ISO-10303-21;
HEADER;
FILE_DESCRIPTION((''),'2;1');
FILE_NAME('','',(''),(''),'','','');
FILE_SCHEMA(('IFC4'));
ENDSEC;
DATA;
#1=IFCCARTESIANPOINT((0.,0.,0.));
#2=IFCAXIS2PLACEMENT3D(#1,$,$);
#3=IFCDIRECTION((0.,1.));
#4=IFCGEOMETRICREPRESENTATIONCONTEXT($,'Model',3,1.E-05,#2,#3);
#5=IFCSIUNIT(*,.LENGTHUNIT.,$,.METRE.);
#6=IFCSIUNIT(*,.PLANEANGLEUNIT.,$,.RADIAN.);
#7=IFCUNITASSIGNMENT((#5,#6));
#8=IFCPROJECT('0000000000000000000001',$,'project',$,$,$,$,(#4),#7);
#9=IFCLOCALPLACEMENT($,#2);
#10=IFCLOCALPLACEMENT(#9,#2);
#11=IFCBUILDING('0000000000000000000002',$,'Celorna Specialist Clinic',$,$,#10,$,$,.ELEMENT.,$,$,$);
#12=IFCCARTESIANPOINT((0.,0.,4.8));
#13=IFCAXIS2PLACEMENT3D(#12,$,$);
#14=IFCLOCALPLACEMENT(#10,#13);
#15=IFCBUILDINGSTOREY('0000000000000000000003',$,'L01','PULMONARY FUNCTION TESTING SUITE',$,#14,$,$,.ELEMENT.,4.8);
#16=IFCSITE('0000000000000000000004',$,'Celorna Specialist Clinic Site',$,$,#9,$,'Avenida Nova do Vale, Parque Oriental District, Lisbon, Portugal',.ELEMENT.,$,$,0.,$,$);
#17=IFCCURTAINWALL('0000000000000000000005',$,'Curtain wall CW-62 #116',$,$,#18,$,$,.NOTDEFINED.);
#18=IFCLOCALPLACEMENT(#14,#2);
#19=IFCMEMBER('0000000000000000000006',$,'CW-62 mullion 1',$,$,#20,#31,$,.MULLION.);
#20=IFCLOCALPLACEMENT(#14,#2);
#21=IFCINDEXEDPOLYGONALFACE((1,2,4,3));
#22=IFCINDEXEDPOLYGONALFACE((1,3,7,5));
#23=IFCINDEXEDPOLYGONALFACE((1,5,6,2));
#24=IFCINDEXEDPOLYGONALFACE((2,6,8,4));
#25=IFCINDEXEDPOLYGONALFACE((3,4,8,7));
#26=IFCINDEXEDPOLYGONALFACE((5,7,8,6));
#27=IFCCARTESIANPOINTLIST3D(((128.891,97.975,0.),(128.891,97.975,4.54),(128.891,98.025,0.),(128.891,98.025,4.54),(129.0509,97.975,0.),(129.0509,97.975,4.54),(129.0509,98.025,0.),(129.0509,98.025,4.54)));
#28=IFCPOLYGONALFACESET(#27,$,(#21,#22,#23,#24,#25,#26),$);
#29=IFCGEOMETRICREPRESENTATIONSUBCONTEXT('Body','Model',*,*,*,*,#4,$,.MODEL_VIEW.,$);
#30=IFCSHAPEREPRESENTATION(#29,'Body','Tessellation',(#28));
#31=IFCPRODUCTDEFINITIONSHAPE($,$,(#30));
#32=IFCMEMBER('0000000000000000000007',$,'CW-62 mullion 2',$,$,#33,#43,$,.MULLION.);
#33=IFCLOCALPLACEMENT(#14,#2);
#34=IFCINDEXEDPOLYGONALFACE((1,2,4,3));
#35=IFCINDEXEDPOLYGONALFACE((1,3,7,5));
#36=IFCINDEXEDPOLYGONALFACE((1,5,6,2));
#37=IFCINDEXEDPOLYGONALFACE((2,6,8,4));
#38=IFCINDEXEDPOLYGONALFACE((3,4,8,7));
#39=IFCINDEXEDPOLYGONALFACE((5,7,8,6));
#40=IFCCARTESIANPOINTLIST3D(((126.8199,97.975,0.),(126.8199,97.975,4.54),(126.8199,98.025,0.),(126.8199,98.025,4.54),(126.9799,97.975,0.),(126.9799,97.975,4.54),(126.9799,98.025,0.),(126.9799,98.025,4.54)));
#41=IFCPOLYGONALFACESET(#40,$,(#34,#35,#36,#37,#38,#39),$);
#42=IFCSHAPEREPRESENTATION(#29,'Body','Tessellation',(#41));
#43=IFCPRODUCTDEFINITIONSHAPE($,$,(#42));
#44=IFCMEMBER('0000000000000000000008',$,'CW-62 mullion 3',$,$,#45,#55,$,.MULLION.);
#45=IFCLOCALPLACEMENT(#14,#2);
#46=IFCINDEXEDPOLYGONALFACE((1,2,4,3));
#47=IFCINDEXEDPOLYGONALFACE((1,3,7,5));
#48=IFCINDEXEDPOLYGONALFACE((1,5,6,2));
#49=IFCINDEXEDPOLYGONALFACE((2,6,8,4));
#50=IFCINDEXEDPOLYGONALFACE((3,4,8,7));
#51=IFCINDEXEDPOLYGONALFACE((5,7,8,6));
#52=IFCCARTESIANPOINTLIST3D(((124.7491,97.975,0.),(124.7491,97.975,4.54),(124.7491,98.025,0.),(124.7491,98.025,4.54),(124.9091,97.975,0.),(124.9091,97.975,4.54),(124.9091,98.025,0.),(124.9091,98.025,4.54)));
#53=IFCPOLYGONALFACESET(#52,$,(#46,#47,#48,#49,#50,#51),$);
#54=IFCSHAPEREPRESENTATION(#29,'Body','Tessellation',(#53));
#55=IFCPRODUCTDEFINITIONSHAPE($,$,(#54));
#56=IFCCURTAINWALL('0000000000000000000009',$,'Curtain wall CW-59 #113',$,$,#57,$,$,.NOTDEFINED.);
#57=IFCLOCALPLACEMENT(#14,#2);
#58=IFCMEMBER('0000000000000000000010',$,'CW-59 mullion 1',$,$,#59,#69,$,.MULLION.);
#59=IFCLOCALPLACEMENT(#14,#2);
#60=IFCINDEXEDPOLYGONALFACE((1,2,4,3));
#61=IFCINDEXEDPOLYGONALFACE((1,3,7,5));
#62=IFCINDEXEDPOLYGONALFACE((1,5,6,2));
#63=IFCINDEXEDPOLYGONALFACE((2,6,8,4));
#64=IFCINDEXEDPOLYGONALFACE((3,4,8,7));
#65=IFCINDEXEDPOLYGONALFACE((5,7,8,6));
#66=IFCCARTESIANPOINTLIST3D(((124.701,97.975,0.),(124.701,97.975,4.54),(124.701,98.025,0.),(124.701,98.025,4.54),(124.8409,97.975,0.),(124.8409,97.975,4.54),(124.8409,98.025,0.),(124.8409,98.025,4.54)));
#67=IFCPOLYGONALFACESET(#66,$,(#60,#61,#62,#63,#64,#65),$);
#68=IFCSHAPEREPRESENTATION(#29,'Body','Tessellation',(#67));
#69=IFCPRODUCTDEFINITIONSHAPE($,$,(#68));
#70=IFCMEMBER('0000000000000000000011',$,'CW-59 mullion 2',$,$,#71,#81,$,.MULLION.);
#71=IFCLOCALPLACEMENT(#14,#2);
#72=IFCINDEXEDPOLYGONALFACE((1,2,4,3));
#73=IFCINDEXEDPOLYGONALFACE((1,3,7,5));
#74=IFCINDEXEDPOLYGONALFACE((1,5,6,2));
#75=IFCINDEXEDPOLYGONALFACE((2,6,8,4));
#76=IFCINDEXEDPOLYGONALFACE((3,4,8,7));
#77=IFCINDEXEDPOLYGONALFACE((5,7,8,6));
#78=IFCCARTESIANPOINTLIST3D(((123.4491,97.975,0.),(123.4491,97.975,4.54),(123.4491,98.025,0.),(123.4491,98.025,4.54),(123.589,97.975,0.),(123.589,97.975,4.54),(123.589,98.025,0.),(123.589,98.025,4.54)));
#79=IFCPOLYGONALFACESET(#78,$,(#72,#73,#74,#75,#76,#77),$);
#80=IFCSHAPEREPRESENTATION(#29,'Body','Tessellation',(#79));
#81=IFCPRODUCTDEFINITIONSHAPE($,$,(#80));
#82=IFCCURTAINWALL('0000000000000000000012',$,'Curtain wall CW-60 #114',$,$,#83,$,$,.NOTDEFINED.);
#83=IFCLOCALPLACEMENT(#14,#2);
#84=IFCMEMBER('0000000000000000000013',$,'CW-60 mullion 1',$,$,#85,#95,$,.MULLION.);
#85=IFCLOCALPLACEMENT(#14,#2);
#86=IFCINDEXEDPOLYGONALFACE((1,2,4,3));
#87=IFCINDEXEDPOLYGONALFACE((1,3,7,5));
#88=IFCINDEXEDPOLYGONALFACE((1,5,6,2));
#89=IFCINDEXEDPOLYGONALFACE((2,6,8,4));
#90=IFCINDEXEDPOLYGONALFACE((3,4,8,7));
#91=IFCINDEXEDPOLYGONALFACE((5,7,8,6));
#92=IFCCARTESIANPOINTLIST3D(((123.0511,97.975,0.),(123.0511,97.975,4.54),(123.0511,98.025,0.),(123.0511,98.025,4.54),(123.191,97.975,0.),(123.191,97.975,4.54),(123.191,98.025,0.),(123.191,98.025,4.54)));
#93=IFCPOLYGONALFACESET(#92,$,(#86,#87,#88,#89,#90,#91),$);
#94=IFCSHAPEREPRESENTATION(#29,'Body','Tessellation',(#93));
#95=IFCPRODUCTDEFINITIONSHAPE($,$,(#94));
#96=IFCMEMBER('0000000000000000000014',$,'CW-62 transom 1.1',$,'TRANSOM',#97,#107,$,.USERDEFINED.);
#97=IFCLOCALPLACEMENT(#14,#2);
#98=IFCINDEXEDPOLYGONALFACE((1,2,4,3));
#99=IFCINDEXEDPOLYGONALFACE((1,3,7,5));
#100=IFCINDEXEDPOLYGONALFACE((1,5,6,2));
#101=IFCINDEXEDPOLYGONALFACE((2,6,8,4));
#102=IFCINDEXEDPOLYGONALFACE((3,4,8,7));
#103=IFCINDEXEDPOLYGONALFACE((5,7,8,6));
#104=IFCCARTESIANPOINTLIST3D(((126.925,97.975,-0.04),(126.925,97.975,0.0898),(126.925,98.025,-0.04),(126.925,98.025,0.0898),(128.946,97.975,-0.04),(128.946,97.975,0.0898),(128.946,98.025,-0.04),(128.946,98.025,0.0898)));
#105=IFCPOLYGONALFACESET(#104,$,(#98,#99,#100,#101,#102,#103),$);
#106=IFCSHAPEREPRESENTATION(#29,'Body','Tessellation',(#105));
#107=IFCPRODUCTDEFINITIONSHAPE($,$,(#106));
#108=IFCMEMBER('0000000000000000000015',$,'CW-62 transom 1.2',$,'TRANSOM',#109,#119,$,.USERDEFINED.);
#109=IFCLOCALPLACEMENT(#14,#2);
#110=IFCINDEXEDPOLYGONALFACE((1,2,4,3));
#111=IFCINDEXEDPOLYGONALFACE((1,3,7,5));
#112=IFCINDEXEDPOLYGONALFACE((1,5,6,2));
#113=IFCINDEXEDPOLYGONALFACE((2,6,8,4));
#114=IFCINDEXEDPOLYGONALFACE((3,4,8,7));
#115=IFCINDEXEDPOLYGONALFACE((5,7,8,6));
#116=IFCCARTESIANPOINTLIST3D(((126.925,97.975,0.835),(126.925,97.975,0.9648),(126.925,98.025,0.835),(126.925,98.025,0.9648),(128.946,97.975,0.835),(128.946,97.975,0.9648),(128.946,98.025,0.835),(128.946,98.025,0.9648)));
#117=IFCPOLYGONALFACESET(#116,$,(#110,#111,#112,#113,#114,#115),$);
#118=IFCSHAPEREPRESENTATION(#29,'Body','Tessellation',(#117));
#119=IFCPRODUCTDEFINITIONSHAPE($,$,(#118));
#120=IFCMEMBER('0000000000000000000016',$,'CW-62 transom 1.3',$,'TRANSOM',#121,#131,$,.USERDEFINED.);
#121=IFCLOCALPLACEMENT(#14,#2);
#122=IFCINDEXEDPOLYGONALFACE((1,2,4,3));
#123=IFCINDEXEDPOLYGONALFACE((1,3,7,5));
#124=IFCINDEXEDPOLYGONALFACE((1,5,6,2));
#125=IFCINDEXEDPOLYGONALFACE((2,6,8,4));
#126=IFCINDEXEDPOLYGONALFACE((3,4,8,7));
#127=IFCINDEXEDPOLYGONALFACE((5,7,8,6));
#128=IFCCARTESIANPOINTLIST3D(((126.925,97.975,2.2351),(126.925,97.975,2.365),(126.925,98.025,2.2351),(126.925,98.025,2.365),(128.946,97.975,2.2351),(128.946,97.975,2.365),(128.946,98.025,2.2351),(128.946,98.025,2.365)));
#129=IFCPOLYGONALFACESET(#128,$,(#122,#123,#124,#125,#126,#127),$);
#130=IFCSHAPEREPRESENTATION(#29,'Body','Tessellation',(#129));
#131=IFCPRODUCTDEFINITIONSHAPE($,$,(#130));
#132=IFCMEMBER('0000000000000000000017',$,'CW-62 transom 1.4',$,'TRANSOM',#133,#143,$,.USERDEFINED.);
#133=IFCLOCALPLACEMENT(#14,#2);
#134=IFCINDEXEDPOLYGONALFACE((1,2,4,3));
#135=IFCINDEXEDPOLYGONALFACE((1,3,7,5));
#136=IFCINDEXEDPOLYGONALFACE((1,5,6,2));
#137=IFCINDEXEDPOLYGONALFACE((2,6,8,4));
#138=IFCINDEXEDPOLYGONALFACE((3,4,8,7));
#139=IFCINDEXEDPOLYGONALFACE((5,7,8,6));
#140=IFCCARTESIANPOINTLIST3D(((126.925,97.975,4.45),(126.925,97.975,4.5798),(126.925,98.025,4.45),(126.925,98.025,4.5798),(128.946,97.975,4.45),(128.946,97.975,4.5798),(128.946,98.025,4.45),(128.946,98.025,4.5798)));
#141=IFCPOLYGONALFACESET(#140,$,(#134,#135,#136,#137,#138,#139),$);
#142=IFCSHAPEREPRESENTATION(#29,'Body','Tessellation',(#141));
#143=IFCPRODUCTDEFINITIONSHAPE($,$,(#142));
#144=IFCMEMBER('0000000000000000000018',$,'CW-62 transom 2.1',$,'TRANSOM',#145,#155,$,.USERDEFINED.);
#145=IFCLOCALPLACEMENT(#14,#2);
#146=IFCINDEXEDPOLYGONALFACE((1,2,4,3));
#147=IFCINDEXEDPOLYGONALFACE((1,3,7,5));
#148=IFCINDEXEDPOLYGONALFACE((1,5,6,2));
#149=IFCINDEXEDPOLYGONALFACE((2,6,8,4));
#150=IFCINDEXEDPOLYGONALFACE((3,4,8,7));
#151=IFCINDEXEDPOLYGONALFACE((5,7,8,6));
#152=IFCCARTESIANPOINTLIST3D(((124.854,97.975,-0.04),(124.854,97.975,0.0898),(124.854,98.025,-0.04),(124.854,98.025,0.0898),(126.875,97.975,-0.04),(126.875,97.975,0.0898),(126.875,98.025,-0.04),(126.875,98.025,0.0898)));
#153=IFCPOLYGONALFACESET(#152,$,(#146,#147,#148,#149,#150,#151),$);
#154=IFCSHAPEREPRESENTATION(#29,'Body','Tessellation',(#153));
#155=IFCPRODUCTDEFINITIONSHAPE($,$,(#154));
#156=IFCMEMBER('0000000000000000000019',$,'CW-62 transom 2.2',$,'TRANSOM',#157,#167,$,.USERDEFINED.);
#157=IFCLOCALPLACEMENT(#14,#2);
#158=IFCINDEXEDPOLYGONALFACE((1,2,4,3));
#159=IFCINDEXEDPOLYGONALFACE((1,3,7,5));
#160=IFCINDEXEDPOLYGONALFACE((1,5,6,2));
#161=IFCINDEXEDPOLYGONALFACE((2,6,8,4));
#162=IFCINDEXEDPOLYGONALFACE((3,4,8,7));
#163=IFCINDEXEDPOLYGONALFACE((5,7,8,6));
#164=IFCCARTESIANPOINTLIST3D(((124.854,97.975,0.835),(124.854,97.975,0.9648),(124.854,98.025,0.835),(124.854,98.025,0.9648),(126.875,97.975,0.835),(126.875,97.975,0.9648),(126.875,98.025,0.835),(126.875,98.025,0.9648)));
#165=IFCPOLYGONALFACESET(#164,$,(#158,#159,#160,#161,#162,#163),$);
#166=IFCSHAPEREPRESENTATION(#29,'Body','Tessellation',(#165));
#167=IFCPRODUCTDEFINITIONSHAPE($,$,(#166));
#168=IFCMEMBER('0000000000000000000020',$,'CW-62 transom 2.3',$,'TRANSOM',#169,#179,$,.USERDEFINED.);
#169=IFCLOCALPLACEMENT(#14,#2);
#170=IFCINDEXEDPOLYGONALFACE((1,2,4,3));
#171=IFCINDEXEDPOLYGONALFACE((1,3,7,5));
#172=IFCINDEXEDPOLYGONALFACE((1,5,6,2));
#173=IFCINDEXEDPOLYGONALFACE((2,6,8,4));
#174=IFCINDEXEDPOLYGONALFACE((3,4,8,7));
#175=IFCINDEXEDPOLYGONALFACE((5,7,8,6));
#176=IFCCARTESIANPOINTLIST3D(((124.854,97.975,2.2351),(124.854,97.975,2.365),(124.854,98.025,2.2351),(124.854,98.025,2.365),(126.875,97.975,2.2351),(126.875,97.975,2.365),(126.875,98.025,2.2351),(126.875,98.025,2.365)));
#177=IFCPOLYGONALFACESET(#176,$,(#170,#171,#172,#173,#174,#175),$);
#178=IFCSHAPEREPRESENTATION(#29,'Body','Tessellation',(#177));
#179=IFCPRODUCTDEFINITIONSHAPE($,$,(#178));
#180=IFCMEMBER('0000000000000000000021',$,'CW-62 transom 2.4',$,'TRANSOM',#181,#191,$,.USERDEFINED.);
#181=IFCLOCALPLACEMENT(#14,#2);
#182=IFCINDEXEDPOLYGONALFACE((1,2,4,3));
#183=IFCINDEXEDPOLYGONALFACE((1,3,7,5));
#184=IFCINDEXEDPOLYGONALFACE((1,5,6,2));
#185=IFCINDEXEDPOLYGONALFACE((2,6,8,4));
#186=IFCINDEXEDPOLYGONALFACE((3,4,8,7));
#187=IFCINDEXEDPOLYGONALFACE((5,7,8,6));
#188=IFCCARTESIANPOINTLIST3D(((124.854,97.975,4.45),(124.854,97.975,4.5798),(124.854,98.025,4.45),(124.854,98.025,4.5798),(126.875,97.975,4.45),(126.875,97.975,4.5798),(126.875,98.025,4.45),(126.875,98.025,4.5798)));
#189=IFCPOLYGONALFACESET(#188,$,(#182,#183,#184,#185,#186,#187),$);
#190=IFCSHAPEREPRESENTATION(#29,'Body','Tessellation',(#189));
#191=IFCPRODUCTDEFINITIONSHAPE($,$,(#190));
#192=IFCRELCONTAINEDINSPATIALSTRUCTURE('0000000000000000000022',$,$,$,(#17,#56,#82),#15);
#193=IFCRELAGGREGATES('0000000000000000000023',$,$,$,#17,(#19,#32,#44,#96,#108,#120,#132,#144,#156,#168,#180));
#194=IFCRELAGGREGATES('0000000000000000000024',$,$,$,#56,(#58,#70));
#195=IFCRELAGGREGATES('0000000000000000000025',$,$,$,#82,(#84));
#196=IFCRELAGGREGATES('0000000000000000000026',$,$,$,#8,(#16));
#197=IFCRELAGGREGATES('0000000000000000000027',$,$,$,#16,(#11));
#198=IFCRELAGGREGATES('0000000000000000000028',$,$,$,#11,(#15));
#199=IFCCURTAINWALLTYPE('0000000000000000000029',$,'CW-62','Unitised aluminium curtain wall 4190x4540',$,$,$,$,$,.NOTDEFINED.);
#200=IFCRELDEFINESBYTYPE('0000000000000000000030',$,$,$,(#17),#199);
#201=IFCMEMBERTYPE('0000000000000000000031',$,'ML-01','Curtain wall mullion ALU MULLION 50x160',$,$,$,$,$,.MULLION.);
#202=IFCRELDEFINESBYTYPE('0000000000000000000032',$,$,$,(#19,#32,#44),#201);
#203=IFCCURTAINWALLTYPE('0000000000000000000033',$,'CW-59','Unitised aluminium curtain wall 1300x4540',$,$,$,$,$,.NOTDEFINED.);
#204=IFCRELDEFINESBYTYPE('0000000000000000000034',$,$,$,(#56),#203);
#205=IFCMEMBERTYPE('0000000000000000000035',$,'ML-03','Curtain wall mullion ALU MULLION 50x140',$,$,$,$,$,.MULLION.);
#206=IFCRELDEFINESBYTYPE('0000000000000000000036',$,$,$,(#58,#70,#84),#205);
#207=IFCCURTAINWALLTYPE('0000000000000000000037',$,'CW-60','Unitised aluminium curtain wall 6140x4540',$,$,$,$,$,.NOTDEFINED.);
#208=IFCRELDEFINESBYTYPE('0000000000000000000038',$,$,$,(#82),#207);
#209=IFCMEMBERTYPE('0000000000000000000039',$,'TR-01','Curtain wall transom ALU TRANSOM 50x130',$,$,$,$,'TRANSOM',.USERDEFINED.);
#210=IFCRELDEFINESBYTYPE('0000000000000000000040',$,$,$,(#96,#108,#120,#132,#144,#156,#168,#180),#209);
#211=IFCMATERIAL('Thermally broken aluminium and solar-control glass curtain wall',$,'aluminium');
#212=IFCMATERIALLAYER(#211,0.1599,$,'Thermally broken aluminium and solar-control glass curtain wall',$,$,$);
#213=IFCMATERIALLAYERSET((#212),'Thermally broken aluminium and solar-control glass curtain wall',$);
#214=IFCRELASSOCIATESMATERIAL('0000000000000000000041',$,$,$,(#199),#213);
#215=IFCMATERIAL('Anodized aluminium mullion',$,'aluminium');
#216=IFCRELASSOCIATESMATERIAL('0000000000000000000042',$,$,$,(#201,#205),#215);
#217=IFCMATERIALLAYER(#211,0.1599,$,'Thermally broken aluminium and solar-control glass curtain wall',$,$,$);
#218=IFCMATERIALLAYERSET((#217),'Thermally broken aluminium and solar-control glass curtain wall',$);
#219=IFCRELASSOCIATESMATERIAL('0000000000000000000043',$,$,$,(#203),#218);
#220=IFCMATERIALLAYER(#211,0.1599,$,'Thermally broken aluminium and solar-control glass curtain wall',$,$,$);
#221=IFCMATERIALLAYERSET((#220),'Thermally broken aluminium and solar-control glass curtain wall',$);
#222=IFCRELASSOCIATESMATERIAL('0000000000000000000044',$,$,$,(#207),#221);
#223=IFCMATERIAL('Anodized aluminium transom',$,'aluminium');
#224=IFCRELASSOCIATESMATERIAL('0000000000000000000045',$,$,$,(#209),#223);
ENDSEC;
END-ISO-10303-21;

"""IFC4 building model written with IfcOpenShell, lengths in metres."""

from ifc_helpers import new_model, si_unit, direction, frame, origin, origin_2d, place, context, subcontext, project, spatial, rectangle, extrude, material, layer, layer_set, material_profile, profile_set, type_object, element, aggregate, save


model = new_model("IFC4")

# Units and contexts
model_context = context("Model", 3, precision=1e-05, world=origin(), true_north=direction((0.0, 1.0)))
body_context = subcontext(model_context, "Body", "Model", "MODEL_VIEW")
ifc_project = project(units=[si_unit("LENGTHUNIT", "METRE"), si_unit("PLANEANGLEUNIT", "RADIAN")], contexts=[model_context])

# Site, building, storey
site_placement = place(None, origin())
site = spatial("IfcSite", under=ifc_project, at=site_placement, Name="Celorna Specialist Clinic Site", LongName="Avenida Nova do Vale, Parque Oriental District, Lisbon, Portugal", CompositionType="ELEMENT", RefElevation=0.0)
building_placement = place(site_placement, origin())
building = spatial("IfcBuilding", under=site, at=building_placement, Name="Celorna Specialist Clinic", CompositionType="ELEMENT")
storey_placement = place(building_placement, frame((0.0, 0.0, 4.8)))
storey = spatial("IfcBuildingStorey", under=building, at=storey_placement, Name="L01", Description="PULMONARY FUNCTION TESTING SUITE", CompositionType="ELEMENT", Elevation=4.8)

# Curtain walls, members
ifc_material_1 = material(Name="Thermally broken aluminium and solar-control glass curtain wall", Category="aluminium")
ifc_layer_1 = layer(ifc_material_1, 0.1599, Name="Thermally broken aluminium and solar-control glass curtain wall")
ifc_layer_set_1 = layer_set([ifc_layer_1], Name="Thermally broken aluminium and solar-control glass curtain wall")
curtain_wall_type_1 = type_object("IfcCurtainWallType", Name="CW-62", Description="Unitised aluminium curtain wall 4190x4540", PredefinedType="NOTDEFINED", material=ifc_layer_set_1)
curtain_wall_1_placement = place(storey_placement, origin())
curtain_wall_1 = element("IfcCurtainWall", 1, at=curtain_wall_1_placement, inside=storey, type_object=curtain_wall_type_1, Name="Curtain wall CW-62 #116", PredefinedType="NOTDEFINED")
ifc_material_2 = material(Name="Anodized aluminium mullion", Category="aluminium")
ifc_material_profile_1 = material_profile(ifc_material_2, rectangle(XDim=0.05, YDim=0.1599, at=origin_2d()), Name="ALU MULLION 50x160")
ifc_profile_set_1 = profile_set([ifc_material_profile_1], Name="Anodized aluminium mullion")
member_type_1 = type_object("IfcMemberType", Name="ML-01", Description="Curtain wall mullion ALU MULLION 50x160", PredefinedType="MULLION", material=ifc_profile_set_1)
member_1_placement = place(storey_placement, frame((128.9709, 98.0, 0.0), z_axis=(0.0, 0.0, 1.0), x_axis=(0.0, -1.0, 0.0)))
member_1 = element("IfcMember", 2, at=member_1_placement, type_object=member_type_1, Name="CW-62 mullion 1", PredefinedType="MULLION", context=body_context, shape_type="SweptSolid", body=[
    extrude(rectangle(XDim=0.05, YDim=0.1599, at=origin_2d()), origin(), (0.0, 0.0, 1.0), 4.54),
])
member_2_placement = place(storey_placement, frame((126.8999, 98.0, 0.0), z_axis=(0.0, 0.0, 1.0), x_axis=(0.0, -1.0, 0.0)))
member_2 = element("IfcMember", 3, at=member_2_placement, type_object=member_type_1, Name="CW-62 mullion 2", PredefinedType="MULLION", context=body_context, shape_type="SweptSolid", body=[
    extrude(rectangle(XDim=0.05, YDim=0.1599, at=origin_2d()), origin(), (0.0, 0.0, 1.0), 4.54),
])
member_3_placement = place(storey_placement, frame((124.8291, 98.0, 0.0), z_axis=(0.0, 0.0, 1.0), x_axis=(0.0, -1.0, 0.0)))
member_3 = element("IfcMember", 4, at=member_3_placement, type_object=member_type_1, Name="CW-62 mullion 3", PredefinedType="MULLION", context=body_context, shape_type="SweptSolid", body=[
    extrude(rectangle(XDim=0.05, YDim=0.1599, at=origin_2d()), origin(), (0.0, 0.0, 1.0), 4.54),
])
ifc_layer_2 = layer(ifc_material_1, 0.1599, Name="Thermally broken aluminium and solar-control glass curtain wall")
ifc_layer_set_2 = layer_set([ifc_layer_2], Name="Thermally broken aluminium and solar-control glass curtain wall")
curtain_wall_type_2 = type_object("IfcCurtainWallType", Name="CW-59", Description="Unitised aluminium curtain wall 1300x4540", PredefinedType="NOTDEFINED", material=ifc_layer_set_2)
curtain_wall_2_placement = place(storey_placement, origin())
curtain_wall_2 = element("IfcCurtainWall", 5, at=curtain_wall_2_placement, inside=storey, type_object=curtain_wall_type_2, Name="Curtain wall CW-59 #113", PredefinedType="NOTDEFINED")
ifc_material_profile_2 = material_profile(ifc_material_2, rectangle(XDim=0.05, YDim=0.1399, at=origin_2d()), Name="ALU MULLION 50x140")
ifc_profile_set_2 = profile_set([ifc_material_profile_2], Name="Anodized aluminium mullion")
member_type_2 = type_object("IfcMemberType", Name="ML-03", Description="Curtain wall mullion ALU MULLION 50x140", PredefinedType="MULLION", material=ifc_profile_set_2)
member_4_placement = place(storey_placement, frame((124.771, 98.0, 0.0), z_axis=(0.0, 0.0, 1.0), x_axis=(0.0, -1.0, 0.0)))
member_4 = element("IfcMember", 6, at=member_4_placement, type_object=member_type_2, Name="CW-59 mullion 1", PredefinedType="MULLION", context=body_context, shape_type="SweptSolid", body=[
    extrude(rectangle(XDim=0.05, YDim=0.1399, at=origin_2d()), origin(), (0.0, 0.0, 1.0), 4.54),
])
member_5_placement = place(storey_placement, frame((123.519, 98.0, 0.0), z_axis=(0.0, 0.0, 1.0), x_axis=(0.0, -1.0, 0.0)))
member_5 = element("IfcMember", 7, at=member_5_placement, type_object=member_type_2, Name="CW-59 mullion 2", PredefinedType="MULLION", context=body_context, shape_type="SweptSolid", body=[
    extrude(rectangle(XDim=0.05, YDim=0.1399, at=origin_2d()), origin(), (0.0, 0.0, 1.0), 4.54),
])

# Curtain wall, member
ifc_layer_3 = layer(ifc_material_1, 0.1599, Name="Thermally broken aluminium and solar-control glass curtain wall")
ifc_layer_set_3 = layer_set([ifc_layer_3], Name="Thermally broken aluminium and solar-control glass curtain wall")
curtain_wall_type_3 = type_object("IfcCurtainWallType", Name="CW-60", Description="Unitised aluminium curtain wall 6140x4540", PredefinedType="NOTDEFINED", material=ifc_layer_set_3)
curtain_wall_3_placement = place(storey_placement, origin())
curtain_wall_3 = element("IfcCurtainWall", 8, at=curtain_wall_3_placement, inside=storey, type_object=curtain_wall_type_3, Name="Curtain wall CW-60 #114", PredefinedType="NOTDEFINED")
member_6_placement = place(storey_placement, frame((123.1211, 98.0, 0.0), z_axis=(0.0, 0.0, 1.0), x_axis=(0.0, -1.0, 0.0)))
member_6 = element("IfcMember", 9, at=member_6_placement, type_object=member_type_2, Name="CW-60 mullion 1", PredefinedType="MULLION", context=body_context, shape_type="SweptSolid", body=[
    extrude(rectangle(XDim=0.05, YDim=0.1399, at=origin_2d()), origin(), (0.0, 0.0, 1.0), 4.54),
])

# Members
ifc_material_3 = material(Name="Anodized aluminium transom", Category="aluminium")
ifc_material_profile_3 = material_profile(ifc_material_3, rectangle(XDim=0.05, YDim=0.1299, at=origin_2d()), Name="ALU TRANSOM 50x130")
ifc_profile_set_3 = profile_set([ifc_material_profile_3], Name="Anodized aluminium transom")
member_type_3 = type_object("IfcMemberType", Name="TR-01", Description="Curtain wall transom ALU TRANSOM 50x130", ElementType="TRANSOM", PredefinedType="USERDEFINED", material=ifc_profile_set_3)
member_7_placement = place(storey_placement, frame((128.946, 98.0, 0.0249), z_axis=(-1.0, 0.0, 0.0), x_axis=(0.0, -1.0, 0.0)))
member_7 = element("IfcMember", 10, at=member_7_placement, type_object=member_type_3, Name="CW-62 transom 1.1", ObjectType="TRANSOM", PredefinedType="USERDEFINED", context=body_context, shape_type="SweptSolid", body=[
    extrude(rectangle(XDim=0.05, YDim=0.1299, at=origin_2d()), origin(), (0.0, 0.0, 1.0), 2.021),
])
member_8_placement = place(storey_placement, frame((128.946, 98.0, 0.8999), z_axis=(-1.0, 0.0, 0.0), x_axis=(0.0, -1.0, 0.0)))
member_8 = element("IfcMember", 11, at=member_8_placement, type_object=member_type_3, Name="CW-62 transom 1.2", ObjectType="TRANSOM", PredefinedType="USERDEFINED", context=body_context, shape_type="SweptSolid", body=[
    extrude(rectangle(XDim=0.05, YDim=0.1299, at=origin_2d()), origin(), (0.0, 0.0, 1.0), 2.021),
])
member_9_placement = place(storey_placement, frame((128.946, 98.0, 2.3), z_axis=(-1.0, 0.0, 0.0), x_axis=(0.0, -1.0, 0.0)))
member_9 = element("IfcMember", 12, at=member_9_placement, type_object=member_type_3, Name="CW-62 transom 1.3", ObjectType="TRANSOM", PredefinedType="USERDEFINED", context=body_context, shape_type="SweptSolid", body=[
    extrude(rectangle(XDim=0.05, YDim=0.1299, at=origin_2d()), origin(), (0.0, 0.0, 1.0), 2.021),
])
member_10_placement = place(storey_placement, frame((128.946, 98.0, 4.5149), z_axis=(-1.0, 0.0, 0.0), x_axis=(0.0, -1.0, 0.0)))
member_10 = element("IfcMember", 13, at=member_10_placement, type_object=member_type_3, Name="CW-62 transom 1.4", ObjectType="TRANSOM", PredefinedType="USERDEFINED", context=body_context, shape_type="SweptSolid", body=[
    extrude(rectangle(XDim=0.05, YDim=0.1299, at=origin_2d()), origin(), (0.0, 0.0, 1.0), 2.021),
])
member_11_placement = place(storey_placement, frame((126.875, 98.0, 0.0249), z_axis=(-1.0, 0.0, 0.0), x_axis=(0.0, -1.0, 0.0)))
member_11 = element("IfcMember", 14, at=member_11_placement, type_object=member_type_3, Name="CW-62 transom 2.1", ObjectType="TRANSOM", PredefinedType="USERDEFINED", context=body_context, shape_type="SweptSolid", body=[
    extrude(rectangle(XDim=0.05, YDim=0.1299, at=origin_2d()), origin(), (0.0, 0.0, 1.0), 2.021),
])
member_12_placement = place(storey_placement, frame((126.875, 98.0, 0.8999), z_axis=(-1.0, 0.0, 0.0), x_axis=(0.0, -1.0, 0.0)))
member_12 = element("IfcMember", 15, at=member_12_placement, type_object=member_type_3, Name="CW-62 transom 2.2", ObjectType="TRANSOM", PredefinedType="USERDEFINED", context=body_context, shape_type="SweptSolid", body=[
    extrude(rectangle(XDim=0.05, YDim=0.1299, at=origin_2d()), origin(), (0.0, 0.0, 1.0), 2.021),
])
member_13_placement = place(storey_placement, frame((126.875, 98.0, 2.3), z_axis=(-1.0, 0.0, 0.0), x_axis=(0.0, -1.0, 0.0)))
member_13 = element("IfcMember", 16, at=member_13_placement, type_object=member_type_3, Name="CW-62 transom 2.3", ObjectType="TRANSOM", PredefinedType="USERDEFINED", context=body_context, shape_type="SweptSolid", body=[
    extrude(rectangle(XDim=0.05, YDim=0.1299, at=origin_2d()), origin(), (0.0, 0.0, 1.0), 2.021),
])
member_14_placement = place(storey_placement, frame((126.875, 98.0, 4.5149), z_axis=(-1.0, 0.0, 0.0), x_axis=(0.0, -1.0, 0.0)))
member_14 = element("IfcMember", 17, at=member_14_placement, type_object=member_type_3, Name="CW-62 transom 2.4", ObjectType="TRANSOM", PredefinedType="USERDEFINED", context=body_context, shape_type="SweptSolid", body=[
    extrude(rectangle(XDim=0.05, YDim=0.1299, at=origin_2d()), origin(), (0.0, 0.0, 1.0), 2.021),
])

aggregate(curtain_wall_1, [member_1, member_2, member_3, member_7, member_8, member_9, member_10, member_11, member_12, member_13, member_14])
aggregate(curtain_wall_2, [member_4, member_5])
aggregate(curtain_wall_3, [member_6])

save(model, "model.ifc")
